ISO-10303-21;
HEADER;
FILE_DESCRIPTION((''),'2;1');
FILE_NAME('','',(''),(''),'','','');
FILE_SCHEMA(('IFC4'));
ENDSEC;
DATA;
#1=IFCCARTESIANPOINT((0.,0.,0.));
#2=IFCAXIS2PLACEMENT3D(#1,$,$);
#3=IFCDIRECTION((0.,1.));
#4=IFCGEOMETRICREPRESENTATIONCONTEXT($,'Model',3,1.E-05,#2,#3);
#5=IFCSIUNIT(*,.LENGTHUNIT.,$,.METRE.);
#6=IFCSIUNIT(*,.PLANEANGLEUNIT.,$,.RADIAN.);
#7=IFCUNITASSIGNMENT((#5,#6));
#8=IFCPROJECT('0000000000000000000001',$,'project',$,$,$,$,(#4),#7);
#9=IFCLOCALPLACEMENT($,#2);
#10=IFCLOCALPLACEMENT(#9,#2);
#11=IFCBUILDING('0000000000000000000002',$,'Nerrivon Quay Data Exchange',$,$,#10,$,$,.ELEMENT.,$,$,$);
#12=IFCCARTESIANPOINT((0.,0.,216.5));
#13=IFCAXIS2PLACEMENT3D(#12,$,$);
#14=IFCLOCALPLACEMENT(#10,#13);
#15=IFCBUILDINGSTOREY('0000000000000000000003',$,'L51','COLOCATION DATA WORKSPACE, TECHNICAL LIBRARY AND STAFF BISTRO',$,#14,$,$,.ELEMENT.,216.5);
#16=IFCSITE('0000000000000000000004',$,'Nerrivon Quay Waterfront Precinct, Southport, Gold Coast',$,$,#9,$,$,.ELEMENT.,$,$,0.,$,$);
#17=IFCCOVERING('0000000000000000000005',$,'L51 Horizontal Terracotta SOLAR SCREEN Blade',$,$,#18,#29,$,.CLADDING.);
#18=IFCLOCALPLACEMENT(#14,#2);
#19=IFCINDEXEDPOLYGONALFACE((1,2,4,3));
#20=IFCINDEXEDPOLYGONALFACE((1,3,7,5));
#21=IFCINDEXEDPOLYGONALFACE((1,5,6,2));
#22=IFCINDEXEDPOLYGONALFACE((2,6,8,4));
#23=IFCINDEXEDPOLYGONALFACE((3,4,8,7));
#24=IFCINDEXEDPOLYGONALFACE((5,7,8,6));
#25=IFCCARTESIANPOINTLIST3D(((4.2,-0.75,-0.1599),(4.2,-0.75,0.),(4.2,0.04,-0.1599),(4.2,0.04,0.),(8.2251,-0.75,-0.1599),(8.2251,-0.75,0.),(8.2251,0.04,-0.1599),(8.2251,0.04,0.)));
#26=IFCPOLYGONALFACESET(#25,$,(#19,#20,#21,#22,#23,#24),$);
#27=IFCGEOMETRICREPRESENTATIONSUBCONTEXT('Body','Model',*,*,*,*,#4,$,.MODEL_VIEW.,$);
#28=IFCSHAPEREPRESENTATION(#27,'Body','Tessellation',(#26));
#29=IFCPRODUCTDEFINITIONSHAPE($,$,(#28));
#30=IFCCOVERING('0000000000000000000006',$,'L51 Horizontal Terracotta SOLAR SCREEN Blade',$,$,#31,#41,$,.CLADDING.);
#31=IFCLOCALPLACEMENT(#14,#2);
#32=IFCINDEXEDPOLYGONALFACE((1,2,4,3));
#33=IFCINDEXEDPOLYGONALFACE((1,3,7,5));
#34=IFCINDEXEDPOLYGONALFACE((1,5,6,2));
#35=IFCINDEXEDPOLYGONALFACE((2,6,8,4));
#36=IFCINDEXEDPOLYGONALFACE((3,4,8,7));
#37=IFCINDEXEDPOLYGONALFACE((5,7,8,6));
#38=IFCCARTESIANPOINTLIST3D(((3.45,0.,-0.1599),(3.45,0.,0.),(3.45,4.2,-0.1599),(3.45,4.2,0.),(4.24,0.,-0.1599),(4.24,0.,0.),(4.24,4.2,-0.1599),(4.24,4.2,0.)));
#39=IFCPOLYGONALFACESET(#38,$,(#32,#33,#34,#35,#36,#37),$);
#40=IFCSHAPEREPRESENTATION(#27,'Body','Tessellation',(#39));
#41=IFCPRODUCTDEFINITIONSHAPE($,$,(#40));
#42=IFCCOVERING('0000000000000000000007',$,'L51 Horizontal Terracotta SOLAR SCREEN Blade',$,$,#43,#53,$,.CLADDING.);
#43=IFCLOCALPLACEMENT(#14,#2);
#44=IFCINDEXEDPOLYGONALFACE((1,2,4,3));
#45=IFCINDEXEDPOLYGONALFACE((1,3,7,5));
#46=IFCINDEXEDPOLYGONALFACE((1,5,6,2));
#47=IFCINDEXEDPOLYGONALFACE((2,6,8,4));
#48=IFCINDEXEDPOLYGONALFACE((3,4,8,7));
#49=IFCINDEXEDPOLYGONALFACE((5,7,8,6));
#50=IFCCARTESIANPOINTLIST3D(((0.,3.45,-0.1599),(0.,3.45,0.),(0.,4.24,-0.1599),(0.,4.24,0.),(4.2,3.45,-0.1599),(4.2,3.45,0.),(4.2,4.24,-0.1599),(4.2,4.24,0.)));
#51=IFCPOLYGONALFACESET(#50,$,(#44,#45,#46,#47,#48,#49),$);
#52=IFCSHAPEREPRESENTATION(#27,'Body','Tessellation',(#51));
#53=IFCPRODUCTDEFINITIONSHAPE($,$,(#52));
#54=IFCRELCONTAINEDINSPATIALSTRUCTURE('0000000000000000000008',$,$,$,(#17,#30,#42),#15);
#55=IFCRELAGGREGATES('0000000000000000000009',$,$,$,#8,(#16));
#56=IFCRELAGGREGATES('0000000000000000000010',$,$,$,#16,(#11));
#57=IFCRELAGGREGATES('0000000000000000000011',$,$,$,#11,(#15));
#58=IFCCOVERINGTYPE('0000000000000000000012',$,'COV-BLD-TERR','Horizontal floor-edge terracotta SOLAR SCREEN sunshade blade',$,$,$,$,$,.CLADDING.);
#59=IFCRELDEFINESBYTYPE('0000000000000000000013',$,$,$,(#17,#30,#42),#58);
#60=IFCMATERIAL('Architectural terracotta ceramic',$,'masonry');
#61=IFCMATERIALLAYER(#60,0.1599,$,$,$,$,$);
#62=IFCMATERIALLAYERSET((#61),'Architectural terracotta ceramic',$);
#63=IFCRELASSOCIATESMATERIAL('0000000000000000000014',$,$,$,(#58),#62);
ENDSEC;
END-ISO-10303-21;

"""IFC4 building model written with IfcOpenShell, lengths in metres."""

from ifc_helpers import new_model, si_unit, direction, frame, origin, place, context, subcontext, project, spatial, polyline, outline, extrude, material, layer, layer_set, type_object, element, save


model = new_model("IFC4")

# Units and contexts
model_context = context("Model", 3, precision=1e-05, world=origin(), true_north=direction((0.0, 1.0)))
body_context = subcontext(model_context, "Body", "Model", "MODEL_VIEW")
ifc_project = project(units=[si_unit("LENGTHUNIT", "METRE"), si_unit("PLANEANGLEUNIT", "RADIAN")], contexts=[model_context])

# Site, building, storey
site_placement = place(None, origin())
site = spatial("IfcSite", under=ifc_project, at=site_placement, Name="Nerrivon Quay Waterfront Precinct, Southport, Gold Coast", CompositionType="ELEMENT", RefElevation=0.0)
building_placement = place(site_placement, origin())
building = spatial("IfcBuilding", under=site, at=building_placement, Name="Nerrivon Quay Data Exchange", CompositionType="ELEMENT")
storey_placement = place(building_placement, frame((0.0, 0.0, 216.5)))
storey = spatial("IfcBuildingStorey", under=building, at=storey_placement, Name="L51", Description="COLOCATION DATA WORKSPACE, TECHNICAL LIBRARY AND STAFF BISTRO", CompositionType="ELEMENT", Elevation=216.5)

# Coverings
ifc_material_1 = material(Name="Architectural terracotta ceramic", Category="masonry")
ifc_layer_1 = layer(ifc_material_1, 0.1599)
ifc_layer_set_1 = layer_set([ifc_layer_1], Name="Architectural terracotta ceramic")
covering_type = type_object("IfcCoveringType", Name="COV-BLD-TERR", Description="Horizontal floor-edge terracotta SOLAR SCREEN sunshade blade", PredefinedType="CLADDING", material=ifc_layer_set_1)
covering_1_placement = place(storey_placement, frame((0.0, 0.0, -0.1599)))
element("IfcCovering", 1, at=covering_1_placement, inside=storey, type_object=covering_type, Name="L51 Horizontal Terracotta SOLAR SCREEN Blade", PredefinedType="CLADDING", context=body_context, shape_type="SweptSolid", body=[
    extrude(outline(polyline([(8.2251, 0.04), (4.2, 0.04), (4.2, -0.75), (8.2251, -0.75), (8.2251, 0.04)])), origin(), (0.0, 0.0, 1.0), 0.1599),
])
covering_2_placement = place(storey_placement, frame((0.0, 0.0, -0.1599)))
element("IfcCovering", 2, at=covering_2_placement, inside=storey, type_object=covering_type, Name="L51 Horizontal Terracotta SOLAR SCREEN Blade", PredefinedType="CLADDING", context=body_context, shape_type="SweptSolid", body=[
    extrude(outline(polyline([(4.24, 0.0), (4.24, 4.2), (3.45, 4.2), (3.45, 0.0), (4.24, 0.0)])), origin(), (0.0, 0.0, 1.0), 0.1599),
])
covering_3_placement = place(storey_placement, frame((0.0, 0.0, -0.1599)))
element("IfcCovering", 3, at=covering_3_placement, inside=storey, type_object=covering_type, Name="L51 Horizontal Terracotta SOLAR SCREEN Blade", PredefinedType="CLADDING", context=body_context, shape_type="SweptSolid", body=[
    extrude(outline(polyline([(4.2, 4.24), (0.0, 4.24), (0.0, 3.45), (4.2, 3.45), (4.2, 4.24)])), origin(), (0.0, 0.0, 1.0), 0.1599),
])

save(model, "model.ifc")
